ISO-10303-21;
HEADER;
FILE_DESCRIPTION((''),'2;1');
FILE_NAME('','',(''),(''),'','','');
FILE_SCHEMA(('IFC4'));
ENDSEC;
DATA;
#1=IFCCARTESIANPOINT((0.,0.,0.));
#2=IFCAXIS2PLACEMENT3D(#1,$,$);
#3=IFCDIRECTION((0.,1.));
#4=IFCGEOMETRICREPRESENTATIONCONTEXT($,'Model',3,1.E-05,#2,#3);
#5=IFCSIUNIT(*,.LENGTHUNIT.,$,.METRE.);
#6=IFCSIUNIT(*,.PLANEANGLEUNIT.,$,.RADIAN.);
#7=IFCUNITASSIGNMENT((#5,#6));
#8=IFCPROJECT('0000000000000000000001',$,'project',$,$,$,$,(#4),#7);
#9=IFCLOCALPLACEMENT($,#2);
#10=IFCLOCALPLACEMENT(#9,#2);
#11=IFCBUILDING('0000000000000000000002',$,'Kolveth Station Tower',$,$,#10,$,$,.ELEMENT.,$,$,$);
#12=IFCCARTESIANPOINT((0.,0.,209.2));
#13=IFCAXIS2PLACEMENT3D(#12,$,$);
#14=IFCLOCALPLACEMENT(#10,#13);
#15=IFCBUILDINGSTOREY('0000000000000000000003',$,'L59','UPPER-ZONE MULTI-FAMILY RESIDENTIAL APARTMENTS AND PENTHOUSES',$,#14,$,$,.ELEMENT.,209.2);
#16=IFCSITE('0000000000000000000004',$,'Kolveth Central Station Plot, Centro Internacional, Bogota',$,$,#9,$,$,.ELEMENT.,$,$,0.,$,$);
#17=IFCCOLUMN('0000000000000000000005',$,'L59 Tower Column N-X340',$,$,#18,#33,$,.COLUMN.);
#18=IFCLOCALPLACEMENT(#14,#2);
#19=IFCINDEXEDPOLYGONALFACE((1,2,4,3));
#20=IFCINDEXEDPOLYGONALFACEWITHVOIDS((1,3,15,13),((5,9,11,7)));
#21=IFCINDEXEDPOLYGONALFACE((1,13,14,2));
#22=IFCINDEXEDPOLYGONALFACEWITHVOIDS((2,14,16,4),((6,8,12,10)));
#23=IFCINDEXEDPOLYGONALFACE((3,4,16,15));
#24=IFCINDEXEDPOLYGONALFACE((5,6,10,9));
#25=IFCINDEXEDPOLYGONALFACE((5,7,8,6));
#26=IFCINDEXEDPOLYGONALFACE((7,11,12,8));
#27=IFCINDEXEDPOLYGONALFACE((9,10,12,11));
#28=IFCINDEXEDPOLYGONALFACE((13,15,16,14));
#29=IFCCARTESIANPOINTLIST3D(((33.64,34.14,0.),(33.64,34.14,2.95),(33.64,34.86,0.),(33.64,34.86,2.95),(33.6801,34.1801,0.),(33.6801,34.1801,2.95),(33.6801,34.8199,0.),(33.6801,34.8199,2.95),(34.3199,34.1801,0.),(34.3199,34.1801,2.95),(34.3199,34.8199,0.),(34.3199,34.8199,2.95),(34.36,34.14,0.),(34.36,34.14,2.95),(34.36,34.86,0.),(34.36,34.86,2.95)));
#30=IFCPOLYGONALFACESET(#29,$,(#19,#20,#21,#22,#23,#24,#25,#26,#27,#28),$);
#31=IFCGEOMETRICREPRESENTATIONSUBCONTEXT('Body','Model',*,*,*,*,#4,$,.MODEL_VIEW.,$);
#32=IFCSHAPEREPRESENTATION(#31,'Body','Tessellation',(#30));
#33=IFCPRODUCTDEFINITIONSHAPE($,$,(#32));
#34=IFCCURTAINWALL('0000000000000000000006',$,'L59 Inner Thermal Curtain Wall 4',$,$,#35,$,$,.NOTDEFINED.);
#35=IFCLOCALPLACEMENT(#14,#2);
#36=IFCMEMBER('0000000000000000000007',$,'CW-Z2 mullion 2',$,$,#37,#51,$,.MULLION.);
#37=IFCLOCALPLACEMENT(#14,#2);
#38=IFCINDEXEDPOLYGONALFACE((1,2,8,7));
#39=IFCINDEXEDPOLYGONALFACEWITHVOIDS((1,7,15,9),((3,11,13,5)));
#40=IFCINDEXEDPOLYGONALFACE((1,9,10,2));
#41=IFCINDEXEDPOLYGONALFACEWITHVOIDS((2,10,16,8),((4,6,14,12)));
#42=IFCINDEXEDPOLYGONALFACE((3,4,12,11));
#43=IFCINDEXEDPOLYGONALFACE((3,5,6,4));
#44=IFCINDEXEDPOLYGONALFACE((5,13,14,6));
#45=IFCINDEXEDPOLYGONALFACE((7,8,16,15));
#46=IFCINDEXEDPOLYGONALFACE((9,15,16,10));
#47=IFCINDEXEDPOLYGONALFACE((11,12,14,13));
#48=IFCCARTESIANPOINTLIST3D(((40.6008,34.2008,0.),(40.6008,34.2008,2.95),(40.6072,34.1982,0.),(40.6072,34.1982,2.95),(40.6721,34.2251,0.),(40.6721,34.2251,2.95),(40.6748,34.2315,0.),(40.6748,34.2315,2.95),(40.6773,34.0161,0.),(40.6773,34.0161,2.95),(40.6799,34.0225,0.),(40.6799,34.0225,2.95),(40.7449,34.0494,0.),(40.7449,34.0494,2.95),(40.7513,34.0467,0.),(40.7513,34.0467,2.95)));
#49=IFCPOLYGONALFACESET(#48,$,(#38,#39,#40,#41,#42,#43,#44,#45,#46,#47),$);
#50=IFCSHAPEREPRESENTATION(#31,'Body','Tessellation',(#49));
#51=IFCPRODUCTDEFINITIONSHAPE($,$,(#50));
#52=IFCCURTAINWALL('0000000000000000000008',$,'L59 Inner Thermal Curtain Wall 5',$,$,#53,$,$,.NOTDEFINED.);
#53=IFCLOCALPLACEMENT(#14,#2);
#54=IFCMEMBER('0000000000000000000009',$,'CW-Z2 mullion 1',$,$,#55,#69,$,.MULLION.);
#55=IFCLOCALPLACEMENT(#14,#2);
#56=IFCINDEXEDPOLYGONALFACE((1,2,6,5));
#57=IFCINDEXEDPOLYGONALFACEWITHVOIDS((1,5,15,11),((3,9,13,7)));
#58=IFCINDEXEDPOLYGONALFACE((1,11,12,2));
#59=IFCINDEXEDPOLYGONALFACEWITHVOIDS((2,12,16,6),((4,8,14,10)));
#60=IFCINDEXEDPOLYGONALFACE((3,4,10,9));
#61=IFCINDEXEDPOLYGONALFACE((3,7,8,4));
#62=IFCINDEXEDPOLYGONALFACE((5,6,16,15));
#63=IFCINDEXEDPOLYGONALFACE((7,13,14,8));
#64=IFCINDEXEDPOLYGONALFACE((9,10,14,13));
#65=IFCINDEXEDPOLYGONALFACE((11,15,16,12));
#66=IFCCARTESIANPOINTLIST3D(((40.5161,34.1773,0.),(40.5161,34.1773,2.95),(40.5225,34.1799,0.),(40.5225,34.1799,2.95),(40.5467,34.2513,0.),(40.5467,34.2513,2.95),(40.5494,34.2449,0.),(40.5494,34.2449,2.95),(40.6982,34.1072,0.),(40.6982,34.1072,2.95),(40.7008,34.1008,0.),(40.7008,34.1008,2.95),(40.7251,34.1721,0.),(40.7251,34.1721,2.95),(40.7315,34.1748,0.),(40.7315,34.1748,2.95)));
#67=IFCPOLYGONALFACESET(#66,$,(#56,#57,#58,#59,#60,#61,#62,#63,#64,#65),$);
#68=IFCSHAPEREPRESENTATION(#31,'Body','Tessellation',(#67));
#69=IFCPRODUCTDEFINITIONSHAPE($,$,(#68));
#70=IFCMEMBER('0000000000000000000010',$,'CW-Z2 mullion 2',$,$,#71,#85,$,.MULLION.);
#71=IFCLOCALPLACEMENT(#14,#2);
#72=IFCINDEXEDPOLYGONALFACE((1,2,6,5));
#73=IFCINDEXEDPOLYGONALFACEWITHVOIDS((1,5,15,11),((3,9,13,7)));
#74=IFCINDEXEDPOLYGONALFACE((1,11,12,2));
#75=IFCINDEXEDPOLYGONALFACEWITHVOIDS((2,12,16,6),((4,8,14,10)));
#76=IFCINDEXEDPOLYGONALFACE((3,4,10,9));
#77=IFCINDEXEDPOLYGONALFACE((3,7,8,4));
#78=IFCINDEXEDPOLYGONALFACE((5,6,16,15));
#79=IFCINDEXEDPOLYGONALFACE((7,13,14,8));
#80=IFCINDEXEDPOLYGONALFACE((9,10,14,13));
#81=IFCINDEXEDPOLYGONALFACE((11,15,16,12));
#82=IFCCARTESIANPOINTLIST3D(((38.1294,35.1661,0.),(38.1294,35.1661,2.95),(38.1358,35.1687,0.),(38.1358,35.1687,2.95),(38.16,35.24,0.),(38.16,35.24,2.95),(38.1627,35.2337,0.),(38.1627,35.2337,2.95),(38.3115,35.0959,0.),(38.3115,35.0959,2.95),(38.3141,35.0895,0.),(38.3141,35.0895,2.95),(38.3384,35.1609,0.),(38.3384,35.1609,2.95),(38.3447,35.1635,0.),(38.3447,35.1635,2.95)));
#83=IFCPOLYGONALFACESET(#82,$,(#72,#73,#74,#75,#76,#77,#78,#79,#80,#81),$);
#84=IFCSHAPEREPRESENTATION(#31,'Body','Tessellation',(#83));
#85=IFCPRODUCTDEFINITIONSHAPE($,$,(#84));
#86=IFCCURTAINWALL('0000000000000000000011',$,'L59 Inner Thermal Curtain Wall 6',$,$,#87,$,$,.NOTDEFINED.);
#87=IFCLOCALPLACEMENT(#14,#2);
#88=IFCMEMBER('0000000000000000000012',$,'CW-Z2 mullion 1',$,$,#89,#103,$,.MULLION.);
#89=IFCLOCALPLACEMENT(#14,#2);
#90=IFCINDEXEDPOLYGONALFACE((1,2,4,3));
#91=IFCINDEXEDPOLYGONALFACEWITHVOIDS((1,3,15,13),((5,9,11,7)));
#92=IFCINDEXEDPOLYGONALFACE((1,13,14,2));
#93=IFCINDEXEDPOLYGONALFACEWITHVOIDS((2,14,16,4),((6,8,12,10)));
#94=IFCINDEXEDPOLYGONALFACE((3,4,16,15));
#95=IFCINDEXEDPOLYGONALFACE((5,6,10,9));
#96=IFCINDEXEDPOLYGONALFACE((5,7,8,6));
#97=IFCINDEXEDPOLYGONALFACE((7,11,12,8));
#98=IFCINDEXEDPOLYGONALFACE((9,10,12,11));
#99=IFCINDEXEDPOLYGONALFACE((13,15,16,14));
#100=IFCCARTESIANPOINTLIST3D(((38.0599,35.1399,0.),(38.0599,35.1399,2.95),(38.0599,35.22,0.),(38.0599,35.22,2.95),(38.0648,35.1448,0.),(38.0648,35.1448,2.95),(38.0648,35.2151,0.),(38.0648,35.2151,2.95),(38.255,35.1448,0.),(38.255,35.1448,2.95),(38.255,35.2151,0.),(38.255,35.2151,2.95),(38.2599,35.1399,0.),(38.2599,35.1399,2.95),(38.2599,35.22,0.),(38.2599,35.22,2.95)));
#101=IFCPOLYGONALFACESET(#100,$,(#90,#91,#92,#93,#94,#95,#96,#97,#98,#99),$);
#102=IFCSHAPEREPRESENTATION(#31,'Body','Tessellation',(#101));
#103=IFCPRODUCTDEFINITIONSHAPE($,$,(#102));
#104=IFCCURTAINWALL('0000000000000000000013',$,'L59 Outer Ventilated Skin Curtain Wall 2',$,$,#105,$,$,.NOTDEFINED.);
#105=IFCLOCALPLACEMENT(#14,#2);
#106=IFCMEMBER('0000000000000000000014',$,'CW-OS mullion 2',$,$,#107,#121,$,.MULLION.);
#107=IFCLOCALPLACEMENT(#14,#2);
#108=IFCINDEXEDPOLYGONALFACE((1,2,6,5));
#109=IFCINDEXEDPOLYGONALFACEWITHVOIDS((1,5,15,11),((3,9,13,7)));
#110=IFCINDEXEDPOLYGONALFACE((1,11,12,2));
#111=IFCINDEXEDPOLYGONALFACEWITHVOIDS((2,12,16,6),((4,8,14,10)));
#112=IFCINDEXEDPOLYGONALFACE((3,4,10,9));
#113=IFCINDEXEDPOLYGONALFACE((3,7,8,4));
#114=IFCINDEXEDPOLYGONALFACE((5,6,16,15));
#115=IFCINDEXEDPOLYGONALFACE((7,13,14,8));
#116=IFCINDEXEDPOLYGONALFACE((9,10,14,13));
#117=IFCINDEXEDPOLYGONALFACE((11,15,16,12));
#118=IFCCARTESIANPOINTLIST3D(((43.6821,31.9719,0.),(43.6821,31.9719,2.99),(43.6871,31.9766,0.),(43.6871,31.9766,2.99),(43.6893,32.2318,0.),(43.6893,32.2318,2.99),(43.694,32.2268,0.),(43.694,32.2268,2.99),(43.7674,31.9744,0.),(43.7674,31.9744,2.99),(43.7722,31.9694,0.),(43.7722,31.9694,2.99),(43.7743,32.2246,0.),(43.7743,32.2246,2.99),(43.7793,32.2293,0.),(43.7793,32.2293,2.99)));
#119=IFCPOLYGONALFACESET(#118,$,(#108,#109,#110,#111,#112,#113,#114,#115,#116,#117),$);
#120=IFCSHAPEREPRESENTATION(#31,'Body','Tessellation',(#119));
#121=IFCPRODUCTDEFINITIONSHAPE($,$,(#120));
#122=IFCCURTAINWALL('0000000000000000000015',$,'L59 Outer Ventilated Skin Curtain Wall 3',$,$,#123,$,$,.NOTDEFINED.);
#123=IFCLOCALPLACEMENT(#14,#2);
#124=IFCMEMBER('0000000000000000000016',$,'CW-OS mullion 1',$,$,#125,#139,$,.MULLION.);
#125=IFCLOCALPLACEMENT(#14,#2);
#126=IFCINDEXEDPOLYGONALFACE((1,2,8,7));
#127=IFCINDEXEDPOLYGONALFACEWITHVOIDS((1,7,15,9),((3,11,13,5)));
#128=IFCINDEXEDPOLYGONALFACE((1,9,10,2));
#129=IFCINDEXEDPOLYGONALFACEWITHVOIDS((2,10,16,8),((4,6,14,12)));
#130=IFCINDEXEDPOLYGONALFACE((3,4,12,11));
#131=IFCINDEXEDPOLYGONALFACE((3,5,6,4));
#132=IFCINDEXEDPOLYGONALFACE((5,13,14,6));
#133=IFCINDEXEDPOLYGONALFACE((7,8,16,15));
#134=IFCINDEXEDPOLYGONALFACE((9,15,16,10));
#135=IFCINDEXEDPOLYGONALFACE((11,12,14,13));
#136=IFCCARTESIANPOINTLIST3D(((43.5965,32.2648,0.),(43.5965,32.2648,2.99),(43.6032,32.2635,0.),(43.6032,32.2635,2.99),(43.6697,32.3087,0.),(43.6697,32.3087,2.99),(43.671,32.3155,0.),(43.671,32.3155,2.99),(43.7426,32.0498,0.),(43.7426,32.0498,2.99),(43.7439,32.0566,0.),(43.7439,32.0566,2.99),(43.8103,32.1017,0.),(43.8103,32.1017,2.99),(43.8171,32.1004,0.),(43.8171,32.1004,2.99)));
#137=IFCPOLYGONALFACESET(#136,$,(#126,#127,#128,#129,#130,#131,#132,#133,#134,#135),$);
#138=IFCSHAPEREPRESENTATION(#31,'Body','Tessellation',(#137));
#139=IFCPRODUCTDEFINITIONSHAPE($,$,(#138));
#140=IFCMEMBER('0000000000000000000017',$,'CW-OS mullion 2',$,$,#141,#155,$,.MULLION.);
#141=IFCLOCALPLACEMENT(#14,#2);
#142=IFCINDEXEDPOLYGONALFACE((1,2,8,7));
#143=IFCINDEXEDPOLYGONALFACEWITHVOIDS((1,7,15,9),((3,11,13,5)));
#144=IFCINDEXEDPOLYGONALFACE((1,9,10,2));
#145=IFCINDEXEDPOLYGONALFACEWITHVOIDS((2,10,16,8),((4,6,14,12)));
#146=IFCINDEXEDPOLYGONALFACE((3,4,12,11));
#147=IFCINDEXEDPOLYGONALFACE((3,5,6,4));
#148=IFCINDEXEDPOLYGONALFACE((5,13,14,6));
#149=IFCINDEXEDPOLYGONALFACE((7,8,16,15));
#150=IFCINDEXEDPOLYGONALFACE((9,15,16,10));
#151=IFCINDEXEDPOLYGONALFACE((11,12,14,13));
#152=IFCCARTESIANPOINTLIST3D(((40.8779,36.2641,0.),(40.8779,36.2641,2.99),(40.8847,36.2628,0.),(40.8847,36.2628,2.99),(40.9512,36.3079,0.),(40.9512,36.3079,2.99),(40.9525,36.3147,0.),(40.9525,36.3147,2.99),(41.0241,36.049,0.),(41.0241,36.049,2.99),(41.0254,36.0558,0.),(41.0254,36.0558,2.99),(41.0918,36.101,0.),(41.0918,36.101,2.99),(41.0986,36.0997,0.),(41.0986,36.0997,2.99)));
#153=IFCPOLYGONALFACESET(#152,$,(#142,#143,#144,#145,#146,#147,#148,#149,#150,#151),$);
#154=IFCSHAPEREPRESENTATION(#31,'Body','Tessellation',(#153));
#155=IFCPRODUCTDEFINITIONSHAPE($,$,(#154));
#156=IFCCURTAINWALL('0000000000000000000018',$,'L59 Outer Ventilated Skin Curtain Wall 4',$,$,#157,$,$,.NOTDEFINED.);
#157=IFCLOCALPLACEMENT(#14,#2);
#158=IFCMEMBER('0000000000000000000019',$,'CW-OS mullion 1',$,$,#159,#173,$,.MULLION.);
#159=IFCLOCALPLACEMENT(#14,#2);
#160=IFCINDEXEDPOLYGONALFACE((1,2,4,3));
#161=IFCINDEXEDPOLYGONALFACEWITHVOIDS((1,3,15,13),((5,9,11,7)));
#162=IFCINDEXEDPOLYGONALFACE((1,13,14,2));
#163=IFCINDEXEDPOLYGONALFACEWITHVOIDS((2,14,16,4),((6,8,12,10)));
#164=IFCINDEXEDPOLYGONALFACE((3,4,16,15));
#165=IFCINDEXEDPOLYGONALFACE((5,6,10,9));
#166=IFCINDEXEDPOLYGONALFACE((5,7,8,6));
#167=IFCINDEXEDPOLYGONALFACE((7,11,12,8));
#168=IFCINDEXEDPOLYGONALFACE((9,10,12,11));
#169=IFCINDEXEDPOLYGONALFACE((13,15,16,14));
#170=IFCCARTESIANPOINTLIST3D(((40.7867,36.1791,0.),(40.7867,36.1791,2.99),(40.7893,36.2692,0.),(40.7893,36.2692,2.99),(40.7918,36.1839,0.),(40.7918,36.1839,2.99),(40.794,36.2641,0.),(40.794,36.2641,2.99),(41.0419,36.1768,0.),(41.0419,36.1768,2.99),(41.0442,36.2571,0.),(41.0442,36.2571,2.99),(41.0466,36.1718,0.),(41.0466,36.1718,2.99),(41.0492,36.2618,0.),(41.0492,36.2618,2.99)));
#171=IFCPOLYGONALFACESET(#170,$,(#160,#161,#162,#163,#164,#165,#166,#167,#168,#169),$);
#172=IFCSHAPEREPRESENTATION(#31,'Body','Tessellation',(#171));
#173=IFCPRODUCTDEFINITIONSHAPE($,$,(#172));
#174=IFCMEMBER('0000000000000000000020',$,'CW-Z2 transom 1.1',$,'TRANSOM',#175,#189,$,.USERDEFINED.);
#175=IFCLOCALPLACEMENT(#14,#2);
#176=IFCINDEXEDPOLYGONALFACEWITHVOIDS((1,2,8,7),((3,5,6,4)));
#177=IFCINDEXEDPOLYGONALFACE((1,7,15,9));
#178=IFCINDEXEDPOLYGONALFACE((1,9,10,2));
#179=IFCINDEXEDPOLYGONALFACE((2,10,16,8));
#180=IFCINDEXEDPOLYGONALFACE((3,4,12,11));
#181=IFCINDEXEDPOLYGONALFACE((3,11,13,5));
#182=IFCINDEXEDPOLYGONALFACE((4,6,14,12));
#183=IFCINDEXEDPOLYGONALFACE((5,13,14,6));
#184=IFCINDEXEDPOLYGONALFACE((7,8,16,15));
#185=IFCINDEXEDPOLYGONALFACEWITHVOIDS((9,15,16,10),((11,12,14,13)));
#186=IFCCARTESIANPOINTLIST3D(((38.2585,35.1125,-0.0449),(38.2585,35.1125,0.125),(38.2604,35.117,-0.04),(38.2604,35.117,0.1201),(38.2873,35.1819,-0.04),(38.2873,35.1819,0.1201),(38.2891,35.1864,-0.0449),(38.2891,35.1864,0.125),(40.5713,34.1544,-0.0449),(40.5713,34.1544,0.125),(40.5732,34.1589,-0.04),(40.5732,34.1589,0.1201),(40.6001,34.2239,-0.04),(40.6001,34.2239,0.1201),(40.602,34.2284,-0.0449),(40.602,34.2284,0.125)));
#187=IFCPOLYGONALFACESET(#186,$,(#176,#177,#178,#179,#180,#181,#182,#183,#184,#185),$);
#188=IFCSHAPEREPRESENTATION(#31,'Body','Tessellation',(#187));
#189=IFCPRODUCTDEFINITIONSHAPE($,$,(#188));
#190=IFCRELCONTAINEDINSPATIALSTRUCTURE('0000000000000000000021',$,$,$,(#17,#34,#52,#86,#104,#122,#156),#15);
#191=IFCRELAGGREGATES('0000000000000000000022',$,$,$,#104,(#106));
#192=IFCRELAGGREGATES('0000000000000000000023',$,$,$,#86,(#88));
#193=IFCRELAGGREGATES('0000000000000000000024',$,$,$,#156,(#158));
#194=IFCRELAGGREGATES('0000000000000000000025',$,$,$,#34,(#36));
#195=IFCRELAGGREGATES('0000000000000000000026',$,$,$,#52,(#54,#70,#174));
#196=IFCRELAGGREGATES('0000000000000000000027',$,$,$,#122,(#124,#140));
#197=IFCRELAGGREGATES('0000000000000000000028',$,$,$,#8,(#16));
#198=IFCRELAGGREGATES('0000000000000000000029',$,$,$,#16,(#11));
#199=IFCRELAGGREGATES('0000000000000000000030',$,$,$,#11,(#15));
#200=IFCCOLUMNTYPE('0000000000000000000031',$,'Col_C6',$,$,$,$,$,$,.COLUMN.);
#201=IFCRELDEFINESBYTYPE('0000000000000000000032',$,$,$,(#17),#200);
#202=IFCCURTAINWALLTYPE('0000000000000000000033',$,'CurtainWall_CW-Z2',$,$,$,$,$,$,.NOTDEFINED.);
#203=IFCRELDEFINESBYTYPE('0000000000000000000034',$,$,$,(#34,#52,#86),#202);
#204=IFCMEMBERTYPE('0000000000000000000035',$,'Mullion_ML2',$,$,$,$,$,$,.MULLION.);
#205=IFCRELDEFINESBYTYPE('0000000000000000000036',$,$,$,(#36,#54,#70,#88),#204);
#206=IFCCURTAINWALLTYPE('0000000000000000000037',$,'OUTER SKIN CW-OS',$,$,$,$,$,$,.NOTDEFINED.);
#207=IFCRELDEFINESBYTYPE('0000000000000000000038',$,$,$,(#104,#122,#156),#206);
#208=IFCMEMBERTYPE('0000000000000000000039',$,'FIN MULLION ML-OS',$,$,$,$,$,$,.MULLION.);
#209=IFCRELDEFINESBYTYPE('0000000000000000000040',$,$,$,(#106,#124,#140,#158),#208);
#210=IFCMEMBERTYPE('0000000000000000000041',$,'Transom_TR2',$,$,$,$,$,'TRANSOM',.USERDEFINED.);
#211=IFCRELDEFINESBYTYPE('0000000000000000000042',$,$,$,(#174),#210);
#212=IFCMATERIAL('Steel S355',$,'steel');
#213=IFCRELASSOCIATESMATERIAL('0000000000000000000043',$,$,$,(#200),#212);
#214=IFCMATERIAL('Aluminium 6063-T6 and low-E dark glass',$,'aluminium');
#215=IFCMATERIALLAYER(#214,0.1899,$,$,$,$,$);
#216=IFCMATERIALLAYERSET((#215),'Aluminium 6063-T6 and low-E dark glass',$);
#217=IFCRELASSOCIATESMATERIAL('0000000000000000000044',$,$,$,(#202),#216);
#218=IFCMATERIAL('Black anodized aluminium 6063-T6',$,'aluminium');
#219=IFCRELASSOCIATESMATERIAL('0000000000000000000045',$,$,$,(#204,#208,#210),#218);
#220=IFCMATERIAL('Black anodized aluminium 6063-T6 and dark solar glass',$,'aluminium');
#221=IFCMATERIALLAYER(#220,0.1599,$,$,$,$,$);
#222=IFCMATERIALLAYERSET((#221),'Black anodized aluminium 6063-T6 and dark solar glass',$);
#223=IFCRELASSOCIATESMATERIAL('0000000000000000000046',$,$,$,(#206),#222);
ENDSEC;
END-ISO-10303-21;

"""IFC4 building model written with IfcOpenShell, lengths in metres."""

from ifc_helpers import new_model, si_unit, direction, frame, origin, origin_2d, place, context, subcontext, project, spatial, hollow_rectangle, extrude, source, transform, mapped, material, layer, layer_set, material_profile, profile_set, type_object, element, aggregate, save


model = new_model("IFC4")

# Units and contexts
model_context = context("Model", 3, precision=1e-05, world=origin(), true_north=direction((0.0, 1.0)))
body_context = subcontext(model_context, "Body", "Model", "MODEL_VIEW")
ifc_project = project(units=[si_unit("LENGTHUNIT", "METRE"), si_unit("PLANEANGLEUNIT", "RADIAN")], contexts=[model_context])

# Site, building, storey
site_placement = place(None, origin())
site = spatial("IfcSite", under=ifc_project, at=site_placement, Name="Kolveth Central Station Plot, Centro Internacional, Bogota", CompositionType="ELEMENT", RefElevation=0.0)
building_placement = place(site_placement, origin())
building = spatial("IfcBuilding", under=site, at=building_placement, Name="Kolveth Station Tower", CompositionType="ELEMENT")
storey_placement = place(building_placement, frame((0.0, 0.0, 209.2)))
storey = spatial("IfcBuildingStorey", under=building, at=storey_placement, Name="L59", Description="UPPER-ZONE MULTI-FAMILY RESIDENTIAL APARTMENTS AND PENTHOUSES", CompositionType="ELEMENT", Elevation=209.2)

# Column
ifc_material_1 = material(Name="Steel S355", Category="steel")
ifc_material_profile_1 = material_profile(ifc_material_1, hollow_rectangle(XDim=0.72, YDim=0.72, WallThickness=0.04, at=origin_2d()), Name="BOX720x720x40")
ifc_profile_set_1 = profile_set([ifc_material_profile_1], Name="Steel S355")
column_type = type_object("IfcColumnType", Name="Col_C6", PredefinedType="COLUMN", material=ifc_profile_set_1)
shared_shape_1 = source(origin(), body_context, "Body", "SweptSolid", [
    extrude(hollow_rectangle(XDim=0.72, YDim=0.72, WallThickness=0.04, at=origin_2d()), origin(), (0.0, 0.0, 1.0), 2.95),
])
column_placement = place(storey_placement, frame((34.0, 34.5, 0.0), z_axis=(0.0, 0.0, 1.0), x_axis=(1.0, 0.0, 0.0)))
element("IfcColumn", 1, at=column_placement, inside=storey, type_object=column_type, Name="L59 Tower Column N-X340", PredefinedType="COLUMN", context=body_context, shape_type="MappedRepresentation", body=[
    mapped(shared_shape_1, transform((0.0, 0.0, 0.0), x_axis=(1.0, 0.0, 0.0), y_axis=(0.0, 1.0, 0.0), z_axis=(0.0, 0.0, 1.0), scale=1.0)),
])

# Curtain wall, member
ifc_material_2 = material(Name="Aluminium 6063-T6 and low-E dark glass", Category="aluminium")
ifc_layer_1 = layer(ifc_material_2, 0.1899)
ifc_layer_set_1 = layer_set([ifc_layer_1], Name="Aluminium 6063-T6 and low-E dark glass")
curtain_wall_type_1 = type_object("IfcCurtainWallType", Name="CurtainWall_CW-Z2", PredefinedType="NOTDEFINED", material=ifc_layer_set_1)
curtain_wall_1_placement = place(storey_placement, origin())
curtain_wall_1 = element("IfcCurtainWall", 2, at=curtain_wall_1_placement, inside=storey, type_object=curtain_wall_type_1, Name="L59 Inner Thermal Curtain Wall 4", PredefinedType="NOTDEFINED")
ifc_material_3 = material(Name="Black anodized aluminium 6063-T6", Category="aluminium")
ifc_material_profile_2 = material_profile(ifc_material_3, hollow_rectangle(XDim=0.0801, YDim=0.2, WallThickness=0.0049, at=origin_2d()), Name="ALU-80x200x5")
ifc_profile_set_2 = profile_set([ifc_material_profile_2], Name="Black anodized aluminium 6063-T6")
member_type_1 = type_object("IfcMemberType", Name="Mullion_ML2", PredefinedType="MULLION", material=ifc_profile_set_2)
shared_shape_2 = source(origin(), body_context, "Body", "SweptSolid", [
    extrude(hollow_rectangle(XDim=0.0801, YDim=0.2, WallThickness=0.0049, at=origin_2d()), origin(), (0.0, 0.0, 1.0), 2.95),
])
member_1_placement = place(storey_placement, frame((40.676, 34.1238, 0.0), z_axis=(0.0, 0.0, 1.0), x_axis=(-0.923874, -0.382698, 0.0)))
member_1 = element("IfcMember", 3, at=member_1_placement, type_object=member_type_1, Name="CW-Z2 mullion 2", PredefinedType="MULLION", context=body_context, shape_type="MappedRepresentation", body=[
    mapped(shared_shape_2, transform((0.0, 0.0, 0.0), x_axis=(1.0, 0.0, 0.0), y_axis=(0.0, 1.0, 0.0), z_axis=(0.0, 0.0, 1.0), scale=1.0)),
])

# Curtain wall, members
curtain_wall_2_placement = place(storey_placement, origin())
curtain_wall_2 = element("IfcCurtainWall", 4, at=curtain_wall_2_placement, inside=storey, type_object=curtain_wall_type_1, Name="L59 Inner Thermal Curtain Wall 5", PredefinedType="NOTDEFINED")
member_2_placement = place(storey_placement, frame((40.6238, 34.176, 0.0), z_axis=(0.0, 0.0, 1.0), x_axis=(-0.382698, -0.923874, 0.0)))
member_2 = element("IfcMember", 5, at=member_2_placement, type_object=member_type_1, Name="CW-Z2 mullion 1", PredefinedType="MULLION", context=body_context, shape_type="MappedRepresentation", body=[
    mapped(shared_shape_2, transform((0.0, 0.0, 0.0), x_axis=(1.0, 0.0, 0.0), y_axis=(0.0, 1.0, 0.0), z_axis=(0.0, 0.0, 1.0), scale=1.0)),
])
member_3_placement = place(storey_placement, frame((38.2371, 35.1648, 0.0), z_axis=(0.0, 0.0, 1.0), x_axis=(-0.382698, -0.923874, 0.0)))
member_3 = element("IfcMember", 6, at=member_3_placement, type_object=member_type_1, Name="CW-Z2 mullion 2", PredefinedType="MULLION", context=body_context, shape_type="MappedRepresentation", body=[
    mapped(shared_shape_2, transform((0.0, 0.0, 0.0), x_axis=(1.0, 0.0, 0.0), y_axis=(0.0, 1.0, 0.0), z_axis=(0.0, 0.0, 1.0), scale=1.0)),
])

# Curtain walls, members
curtain_wall_3_placement = place(storey_placement, origin())
curtain_wall_3 = element("IfcCurtainWall", 7, at=curtain_wall_3_placement, inside=storey, type_object=curtain_wall_type_1, Name="L59 Inner Thermal Curtain Wall 6", PredefinedType="NOTDEFINED")
member_4_placement = place(storey_placement, frame((38.1599, 35.1799, 0.0), z_axis=(0.0, 0.0, 1.0), x_axis=(0.0, -1.0, 0.0)))
member_4 = element("IfcMember", 8, at=member_4_placement, type_object=member_type_1, Name="CW-Z2 mullion 1", PredefinedType="MULLION", context=body_context, shape_type="MappedRepresentation", body=[
    mapped(shared_shape_2, transform((0.0, 0.0, 0.0), x_axis=(1.0, 0.0, 0.0), y_axis=(0.0, 1.0, 0.0), z_axis=(0.0, 0.0, 1.0), scale=1.0)),
])
ifc_material_4 = material(Name="Black anodized aluminium 6063-T6 and dark solar glass", Category="aluminium")
ifc_layer_2 = layer(ifc_material_4, 0.1599)
ifc_layer_set_2 = layer_set([ifc_layer_2], Name="Black anodized aluminium 6063-T6 and dark solar glass")
curtain_wall_type_2 = type_object("IfcCurtainWallType", Name="OUTER SKIN CW-OS", PredefinedType="NOTDEFINED", material=ifc_layer_set_2)
curtain_wall_4_placement = place(storey_placement, origin())
curtain_wall_4 = element("IfcCurtainWall", 9, at=curtain_wall_4_placement, inside=storey, type_object=curtain_wall_type_2, Name="L59 Outer Ventilated Skin Curtain Wall 2", PredefinedType="NOTDEFINED")
ifc_material_profile_3 = material_profile(ifc_material_3, hollow_rectangle(XDim=0.0901, YDim=0.26, WallThickness=0.0049, at=origin_2d()), Name="ALU-90x260x5")
ifc_profile_set_3 = profile_set([ifc_material_profile_3], Name="Black anodized aluminium 6063-T6")
member_type_2 = type_object("IfcMemberType", Name="FIN MULLION ML-OS", PredefinedType="MULLION", material=ifc_profile_set_3)
shared_shape_3 = source(origin(), body_context, "Body", "SweptSolid", [
    extrude(hollow_rectangle(XDim=0.0901, YDim=0.26, WallThickness=0.0049, at=origin_2d()), origin(), (0.0, 0.0, 1.0), 2.99),
])
member_5_placement = place(storey_placement, frame((43.7307, 32.1006, 0.0), z_axis=(0.0, 0.0, 1.0), x_axis=(-0.99962, 0.027554, 0.0)))
member_5 = element("IfcMember", 10, at=member_5_placement, type_object=member_type_2, Name="CW-OS mullion 2", PredefinedType="MULLION", context=body_context, shape_type="MappedRepresentation", body=[
    mapped(shared_shape_3, transform((0.0, 0.0, 0.0), x_axis=(1.0, 0.0, 0.0), y_axis=(0.0, 1.0, 0.0), z_axis=(0.0, 0.0, 1.0), scale=1.0)),
])
aggregate(curtain_wall_4, [member_5])

# Curtain wall, members
curtain_wall_5_placement = place(storey_placement, origin())
curtain_wall_5 = element("IfcCurtainWall", 11, at=curtain_wall_5_placement, inside=storey, type_object=curtain_wall_type_2, Name="L59 Outer Ventilated Skin Curtain Wall 3", PredefinedType="NOTDEFINED")
member_6_placement = place(storey_placement, frame((43.7068, 32.1826, 0.0), z_axis=(0.0, 0.0, 1.0), x_axis=(-0.827032, -0.562155, 0.0)))
member_6 = element("IfcMember", 12, at=member_6_placement, type_object=member_type_2, Name="CW-OS mullion 1", PredefinedType="MULLION", context=body_context, shape_type="MappedRepresentation", body=[
    mapped(shared_shape_3, transform((0.0, 0.0, 0.0), x_axis=(1.0, 0.0, 0.0), y_axis=(0.0, 1.0, 0.0), z_axis=(0.0, 0.0, 1.0), scale=1.0)),
])
member_7_placement = place(storey_placement, frame((40.9883, 36.1819, 0.0), z_axis=(0.0, 0.0, 1.0), x_axis=(-0.827032, -0.562155, 0.0)))
member_7 = element("IfcMember", 13, at=member_7_placement, type_object=member_type_2, Name="CW-OS mullion 2", PredefinedType="MULLION", context=body_context, shape_type="MappedRepresentation", body=[
    mapped(shared_shape_3, transform((0.0, 0.0, 0.0), x_axis=(1.0, 0.0, 0.0), y_axis=(0.0, 1.0, 0.0), z_axis=(0.0, 0.0, 1.0), scale=1.0)),
])

# Curtain wall, member
curtain_wall_6_placement = place(storey_placement, origin())
curtain_wall_6 = element("IfcCurtainWall", 14, at=curtain_wall_6_placement, inside=storey, type_object=curtain_wall_type_2, Name="L59 Outer Ventilated Skin Curtain Wall 4", PredefinedType="NOTDEFINED")
member_8_placement = place(storey_placement, frame((40.918, 36.2205, 0.0), z_axis=(0.0, 0.0, 1.0), x_axis=(-0.028325, -0.999599, 0.0)))
member_8 = element("IfcMember", 15, at=member_8_placement, type_object=member_type_2, Name="CW-OS mullion 1", PredefinedType="MULLION", context=body_context, shape_type="MappedRepresentation", body=[
    mapped(shared_shape_3, transform((0.0, 0.0, 0.0), x_axis=(1.0, 0.0, 0.0), y_axis=(0.0, 1.0, 0.0), z_axis=(0.0, 0.0, 1.0), scale=1.0)),
])

# Member
ifc_material_profile_4 = material_profile(ifc_material_3, hollow_rectangle(XDim=0.0801, YDim=0.1699, WallThickness=0.0049, at=origin_2d()), Name="ALU-80x170x5")
ifc_profile_set_4 = profile_set([ifc_material_profile_4], Name="Black anodized aluminium 6063-T6")
member_type_3 = type_object("IfcMemberType", Name="Transom_TR2", ElementType="TRANSOM", PredefinedType="USERDEFINED", material=ifc_profile_set_4)
shared_shape_4 = source(origin(), body_context, "Body", "SweptSolid", [
    extrude(hollow_rectangle(XDim=0.0801, YDim=0.1699, WallThickness=0.0049, at=origin_2d()), origin(), (0.0, 0.0, 1.0), 2.5034),
])
member_9_placement = place(storey_placement, frame((40.5867, 34.1914, 0.04), z_axis=(-0.923874, 0.382696, 0.0), x_axis=(-0.382696, -0.923874, 0.0)))
member_9 = element("IfcMember", 16, at=member_9_placement, type_object=member_type_3, Name="CW-Z2 transom 1.1", ObjectType="TRANSOM", PredefinedType="USERDEFINED", context=body_context, shape_type="MappedRepresentation", body=[
    mapped(shared_shape_4, transform((0.0, 0.0, 0.0), x_axis=(1.0, 0.0, 0.0), y_axis=(0.0, 1.0, 0.0), z_axis=(0.0, 0.0, 1.0), scale=1.0)),
])
aggregate(curtain_wall_3, [member_4])
aggregate(curtain_wall_6, [member_8])

aggregate(curtain_wall_1, [member_1])
aggregate(curtain_wall_2, [member_2, member_3, member_9])
aggregate(curtain_wall_5, [member_6, member_7])

save(model, "model.ifc")
